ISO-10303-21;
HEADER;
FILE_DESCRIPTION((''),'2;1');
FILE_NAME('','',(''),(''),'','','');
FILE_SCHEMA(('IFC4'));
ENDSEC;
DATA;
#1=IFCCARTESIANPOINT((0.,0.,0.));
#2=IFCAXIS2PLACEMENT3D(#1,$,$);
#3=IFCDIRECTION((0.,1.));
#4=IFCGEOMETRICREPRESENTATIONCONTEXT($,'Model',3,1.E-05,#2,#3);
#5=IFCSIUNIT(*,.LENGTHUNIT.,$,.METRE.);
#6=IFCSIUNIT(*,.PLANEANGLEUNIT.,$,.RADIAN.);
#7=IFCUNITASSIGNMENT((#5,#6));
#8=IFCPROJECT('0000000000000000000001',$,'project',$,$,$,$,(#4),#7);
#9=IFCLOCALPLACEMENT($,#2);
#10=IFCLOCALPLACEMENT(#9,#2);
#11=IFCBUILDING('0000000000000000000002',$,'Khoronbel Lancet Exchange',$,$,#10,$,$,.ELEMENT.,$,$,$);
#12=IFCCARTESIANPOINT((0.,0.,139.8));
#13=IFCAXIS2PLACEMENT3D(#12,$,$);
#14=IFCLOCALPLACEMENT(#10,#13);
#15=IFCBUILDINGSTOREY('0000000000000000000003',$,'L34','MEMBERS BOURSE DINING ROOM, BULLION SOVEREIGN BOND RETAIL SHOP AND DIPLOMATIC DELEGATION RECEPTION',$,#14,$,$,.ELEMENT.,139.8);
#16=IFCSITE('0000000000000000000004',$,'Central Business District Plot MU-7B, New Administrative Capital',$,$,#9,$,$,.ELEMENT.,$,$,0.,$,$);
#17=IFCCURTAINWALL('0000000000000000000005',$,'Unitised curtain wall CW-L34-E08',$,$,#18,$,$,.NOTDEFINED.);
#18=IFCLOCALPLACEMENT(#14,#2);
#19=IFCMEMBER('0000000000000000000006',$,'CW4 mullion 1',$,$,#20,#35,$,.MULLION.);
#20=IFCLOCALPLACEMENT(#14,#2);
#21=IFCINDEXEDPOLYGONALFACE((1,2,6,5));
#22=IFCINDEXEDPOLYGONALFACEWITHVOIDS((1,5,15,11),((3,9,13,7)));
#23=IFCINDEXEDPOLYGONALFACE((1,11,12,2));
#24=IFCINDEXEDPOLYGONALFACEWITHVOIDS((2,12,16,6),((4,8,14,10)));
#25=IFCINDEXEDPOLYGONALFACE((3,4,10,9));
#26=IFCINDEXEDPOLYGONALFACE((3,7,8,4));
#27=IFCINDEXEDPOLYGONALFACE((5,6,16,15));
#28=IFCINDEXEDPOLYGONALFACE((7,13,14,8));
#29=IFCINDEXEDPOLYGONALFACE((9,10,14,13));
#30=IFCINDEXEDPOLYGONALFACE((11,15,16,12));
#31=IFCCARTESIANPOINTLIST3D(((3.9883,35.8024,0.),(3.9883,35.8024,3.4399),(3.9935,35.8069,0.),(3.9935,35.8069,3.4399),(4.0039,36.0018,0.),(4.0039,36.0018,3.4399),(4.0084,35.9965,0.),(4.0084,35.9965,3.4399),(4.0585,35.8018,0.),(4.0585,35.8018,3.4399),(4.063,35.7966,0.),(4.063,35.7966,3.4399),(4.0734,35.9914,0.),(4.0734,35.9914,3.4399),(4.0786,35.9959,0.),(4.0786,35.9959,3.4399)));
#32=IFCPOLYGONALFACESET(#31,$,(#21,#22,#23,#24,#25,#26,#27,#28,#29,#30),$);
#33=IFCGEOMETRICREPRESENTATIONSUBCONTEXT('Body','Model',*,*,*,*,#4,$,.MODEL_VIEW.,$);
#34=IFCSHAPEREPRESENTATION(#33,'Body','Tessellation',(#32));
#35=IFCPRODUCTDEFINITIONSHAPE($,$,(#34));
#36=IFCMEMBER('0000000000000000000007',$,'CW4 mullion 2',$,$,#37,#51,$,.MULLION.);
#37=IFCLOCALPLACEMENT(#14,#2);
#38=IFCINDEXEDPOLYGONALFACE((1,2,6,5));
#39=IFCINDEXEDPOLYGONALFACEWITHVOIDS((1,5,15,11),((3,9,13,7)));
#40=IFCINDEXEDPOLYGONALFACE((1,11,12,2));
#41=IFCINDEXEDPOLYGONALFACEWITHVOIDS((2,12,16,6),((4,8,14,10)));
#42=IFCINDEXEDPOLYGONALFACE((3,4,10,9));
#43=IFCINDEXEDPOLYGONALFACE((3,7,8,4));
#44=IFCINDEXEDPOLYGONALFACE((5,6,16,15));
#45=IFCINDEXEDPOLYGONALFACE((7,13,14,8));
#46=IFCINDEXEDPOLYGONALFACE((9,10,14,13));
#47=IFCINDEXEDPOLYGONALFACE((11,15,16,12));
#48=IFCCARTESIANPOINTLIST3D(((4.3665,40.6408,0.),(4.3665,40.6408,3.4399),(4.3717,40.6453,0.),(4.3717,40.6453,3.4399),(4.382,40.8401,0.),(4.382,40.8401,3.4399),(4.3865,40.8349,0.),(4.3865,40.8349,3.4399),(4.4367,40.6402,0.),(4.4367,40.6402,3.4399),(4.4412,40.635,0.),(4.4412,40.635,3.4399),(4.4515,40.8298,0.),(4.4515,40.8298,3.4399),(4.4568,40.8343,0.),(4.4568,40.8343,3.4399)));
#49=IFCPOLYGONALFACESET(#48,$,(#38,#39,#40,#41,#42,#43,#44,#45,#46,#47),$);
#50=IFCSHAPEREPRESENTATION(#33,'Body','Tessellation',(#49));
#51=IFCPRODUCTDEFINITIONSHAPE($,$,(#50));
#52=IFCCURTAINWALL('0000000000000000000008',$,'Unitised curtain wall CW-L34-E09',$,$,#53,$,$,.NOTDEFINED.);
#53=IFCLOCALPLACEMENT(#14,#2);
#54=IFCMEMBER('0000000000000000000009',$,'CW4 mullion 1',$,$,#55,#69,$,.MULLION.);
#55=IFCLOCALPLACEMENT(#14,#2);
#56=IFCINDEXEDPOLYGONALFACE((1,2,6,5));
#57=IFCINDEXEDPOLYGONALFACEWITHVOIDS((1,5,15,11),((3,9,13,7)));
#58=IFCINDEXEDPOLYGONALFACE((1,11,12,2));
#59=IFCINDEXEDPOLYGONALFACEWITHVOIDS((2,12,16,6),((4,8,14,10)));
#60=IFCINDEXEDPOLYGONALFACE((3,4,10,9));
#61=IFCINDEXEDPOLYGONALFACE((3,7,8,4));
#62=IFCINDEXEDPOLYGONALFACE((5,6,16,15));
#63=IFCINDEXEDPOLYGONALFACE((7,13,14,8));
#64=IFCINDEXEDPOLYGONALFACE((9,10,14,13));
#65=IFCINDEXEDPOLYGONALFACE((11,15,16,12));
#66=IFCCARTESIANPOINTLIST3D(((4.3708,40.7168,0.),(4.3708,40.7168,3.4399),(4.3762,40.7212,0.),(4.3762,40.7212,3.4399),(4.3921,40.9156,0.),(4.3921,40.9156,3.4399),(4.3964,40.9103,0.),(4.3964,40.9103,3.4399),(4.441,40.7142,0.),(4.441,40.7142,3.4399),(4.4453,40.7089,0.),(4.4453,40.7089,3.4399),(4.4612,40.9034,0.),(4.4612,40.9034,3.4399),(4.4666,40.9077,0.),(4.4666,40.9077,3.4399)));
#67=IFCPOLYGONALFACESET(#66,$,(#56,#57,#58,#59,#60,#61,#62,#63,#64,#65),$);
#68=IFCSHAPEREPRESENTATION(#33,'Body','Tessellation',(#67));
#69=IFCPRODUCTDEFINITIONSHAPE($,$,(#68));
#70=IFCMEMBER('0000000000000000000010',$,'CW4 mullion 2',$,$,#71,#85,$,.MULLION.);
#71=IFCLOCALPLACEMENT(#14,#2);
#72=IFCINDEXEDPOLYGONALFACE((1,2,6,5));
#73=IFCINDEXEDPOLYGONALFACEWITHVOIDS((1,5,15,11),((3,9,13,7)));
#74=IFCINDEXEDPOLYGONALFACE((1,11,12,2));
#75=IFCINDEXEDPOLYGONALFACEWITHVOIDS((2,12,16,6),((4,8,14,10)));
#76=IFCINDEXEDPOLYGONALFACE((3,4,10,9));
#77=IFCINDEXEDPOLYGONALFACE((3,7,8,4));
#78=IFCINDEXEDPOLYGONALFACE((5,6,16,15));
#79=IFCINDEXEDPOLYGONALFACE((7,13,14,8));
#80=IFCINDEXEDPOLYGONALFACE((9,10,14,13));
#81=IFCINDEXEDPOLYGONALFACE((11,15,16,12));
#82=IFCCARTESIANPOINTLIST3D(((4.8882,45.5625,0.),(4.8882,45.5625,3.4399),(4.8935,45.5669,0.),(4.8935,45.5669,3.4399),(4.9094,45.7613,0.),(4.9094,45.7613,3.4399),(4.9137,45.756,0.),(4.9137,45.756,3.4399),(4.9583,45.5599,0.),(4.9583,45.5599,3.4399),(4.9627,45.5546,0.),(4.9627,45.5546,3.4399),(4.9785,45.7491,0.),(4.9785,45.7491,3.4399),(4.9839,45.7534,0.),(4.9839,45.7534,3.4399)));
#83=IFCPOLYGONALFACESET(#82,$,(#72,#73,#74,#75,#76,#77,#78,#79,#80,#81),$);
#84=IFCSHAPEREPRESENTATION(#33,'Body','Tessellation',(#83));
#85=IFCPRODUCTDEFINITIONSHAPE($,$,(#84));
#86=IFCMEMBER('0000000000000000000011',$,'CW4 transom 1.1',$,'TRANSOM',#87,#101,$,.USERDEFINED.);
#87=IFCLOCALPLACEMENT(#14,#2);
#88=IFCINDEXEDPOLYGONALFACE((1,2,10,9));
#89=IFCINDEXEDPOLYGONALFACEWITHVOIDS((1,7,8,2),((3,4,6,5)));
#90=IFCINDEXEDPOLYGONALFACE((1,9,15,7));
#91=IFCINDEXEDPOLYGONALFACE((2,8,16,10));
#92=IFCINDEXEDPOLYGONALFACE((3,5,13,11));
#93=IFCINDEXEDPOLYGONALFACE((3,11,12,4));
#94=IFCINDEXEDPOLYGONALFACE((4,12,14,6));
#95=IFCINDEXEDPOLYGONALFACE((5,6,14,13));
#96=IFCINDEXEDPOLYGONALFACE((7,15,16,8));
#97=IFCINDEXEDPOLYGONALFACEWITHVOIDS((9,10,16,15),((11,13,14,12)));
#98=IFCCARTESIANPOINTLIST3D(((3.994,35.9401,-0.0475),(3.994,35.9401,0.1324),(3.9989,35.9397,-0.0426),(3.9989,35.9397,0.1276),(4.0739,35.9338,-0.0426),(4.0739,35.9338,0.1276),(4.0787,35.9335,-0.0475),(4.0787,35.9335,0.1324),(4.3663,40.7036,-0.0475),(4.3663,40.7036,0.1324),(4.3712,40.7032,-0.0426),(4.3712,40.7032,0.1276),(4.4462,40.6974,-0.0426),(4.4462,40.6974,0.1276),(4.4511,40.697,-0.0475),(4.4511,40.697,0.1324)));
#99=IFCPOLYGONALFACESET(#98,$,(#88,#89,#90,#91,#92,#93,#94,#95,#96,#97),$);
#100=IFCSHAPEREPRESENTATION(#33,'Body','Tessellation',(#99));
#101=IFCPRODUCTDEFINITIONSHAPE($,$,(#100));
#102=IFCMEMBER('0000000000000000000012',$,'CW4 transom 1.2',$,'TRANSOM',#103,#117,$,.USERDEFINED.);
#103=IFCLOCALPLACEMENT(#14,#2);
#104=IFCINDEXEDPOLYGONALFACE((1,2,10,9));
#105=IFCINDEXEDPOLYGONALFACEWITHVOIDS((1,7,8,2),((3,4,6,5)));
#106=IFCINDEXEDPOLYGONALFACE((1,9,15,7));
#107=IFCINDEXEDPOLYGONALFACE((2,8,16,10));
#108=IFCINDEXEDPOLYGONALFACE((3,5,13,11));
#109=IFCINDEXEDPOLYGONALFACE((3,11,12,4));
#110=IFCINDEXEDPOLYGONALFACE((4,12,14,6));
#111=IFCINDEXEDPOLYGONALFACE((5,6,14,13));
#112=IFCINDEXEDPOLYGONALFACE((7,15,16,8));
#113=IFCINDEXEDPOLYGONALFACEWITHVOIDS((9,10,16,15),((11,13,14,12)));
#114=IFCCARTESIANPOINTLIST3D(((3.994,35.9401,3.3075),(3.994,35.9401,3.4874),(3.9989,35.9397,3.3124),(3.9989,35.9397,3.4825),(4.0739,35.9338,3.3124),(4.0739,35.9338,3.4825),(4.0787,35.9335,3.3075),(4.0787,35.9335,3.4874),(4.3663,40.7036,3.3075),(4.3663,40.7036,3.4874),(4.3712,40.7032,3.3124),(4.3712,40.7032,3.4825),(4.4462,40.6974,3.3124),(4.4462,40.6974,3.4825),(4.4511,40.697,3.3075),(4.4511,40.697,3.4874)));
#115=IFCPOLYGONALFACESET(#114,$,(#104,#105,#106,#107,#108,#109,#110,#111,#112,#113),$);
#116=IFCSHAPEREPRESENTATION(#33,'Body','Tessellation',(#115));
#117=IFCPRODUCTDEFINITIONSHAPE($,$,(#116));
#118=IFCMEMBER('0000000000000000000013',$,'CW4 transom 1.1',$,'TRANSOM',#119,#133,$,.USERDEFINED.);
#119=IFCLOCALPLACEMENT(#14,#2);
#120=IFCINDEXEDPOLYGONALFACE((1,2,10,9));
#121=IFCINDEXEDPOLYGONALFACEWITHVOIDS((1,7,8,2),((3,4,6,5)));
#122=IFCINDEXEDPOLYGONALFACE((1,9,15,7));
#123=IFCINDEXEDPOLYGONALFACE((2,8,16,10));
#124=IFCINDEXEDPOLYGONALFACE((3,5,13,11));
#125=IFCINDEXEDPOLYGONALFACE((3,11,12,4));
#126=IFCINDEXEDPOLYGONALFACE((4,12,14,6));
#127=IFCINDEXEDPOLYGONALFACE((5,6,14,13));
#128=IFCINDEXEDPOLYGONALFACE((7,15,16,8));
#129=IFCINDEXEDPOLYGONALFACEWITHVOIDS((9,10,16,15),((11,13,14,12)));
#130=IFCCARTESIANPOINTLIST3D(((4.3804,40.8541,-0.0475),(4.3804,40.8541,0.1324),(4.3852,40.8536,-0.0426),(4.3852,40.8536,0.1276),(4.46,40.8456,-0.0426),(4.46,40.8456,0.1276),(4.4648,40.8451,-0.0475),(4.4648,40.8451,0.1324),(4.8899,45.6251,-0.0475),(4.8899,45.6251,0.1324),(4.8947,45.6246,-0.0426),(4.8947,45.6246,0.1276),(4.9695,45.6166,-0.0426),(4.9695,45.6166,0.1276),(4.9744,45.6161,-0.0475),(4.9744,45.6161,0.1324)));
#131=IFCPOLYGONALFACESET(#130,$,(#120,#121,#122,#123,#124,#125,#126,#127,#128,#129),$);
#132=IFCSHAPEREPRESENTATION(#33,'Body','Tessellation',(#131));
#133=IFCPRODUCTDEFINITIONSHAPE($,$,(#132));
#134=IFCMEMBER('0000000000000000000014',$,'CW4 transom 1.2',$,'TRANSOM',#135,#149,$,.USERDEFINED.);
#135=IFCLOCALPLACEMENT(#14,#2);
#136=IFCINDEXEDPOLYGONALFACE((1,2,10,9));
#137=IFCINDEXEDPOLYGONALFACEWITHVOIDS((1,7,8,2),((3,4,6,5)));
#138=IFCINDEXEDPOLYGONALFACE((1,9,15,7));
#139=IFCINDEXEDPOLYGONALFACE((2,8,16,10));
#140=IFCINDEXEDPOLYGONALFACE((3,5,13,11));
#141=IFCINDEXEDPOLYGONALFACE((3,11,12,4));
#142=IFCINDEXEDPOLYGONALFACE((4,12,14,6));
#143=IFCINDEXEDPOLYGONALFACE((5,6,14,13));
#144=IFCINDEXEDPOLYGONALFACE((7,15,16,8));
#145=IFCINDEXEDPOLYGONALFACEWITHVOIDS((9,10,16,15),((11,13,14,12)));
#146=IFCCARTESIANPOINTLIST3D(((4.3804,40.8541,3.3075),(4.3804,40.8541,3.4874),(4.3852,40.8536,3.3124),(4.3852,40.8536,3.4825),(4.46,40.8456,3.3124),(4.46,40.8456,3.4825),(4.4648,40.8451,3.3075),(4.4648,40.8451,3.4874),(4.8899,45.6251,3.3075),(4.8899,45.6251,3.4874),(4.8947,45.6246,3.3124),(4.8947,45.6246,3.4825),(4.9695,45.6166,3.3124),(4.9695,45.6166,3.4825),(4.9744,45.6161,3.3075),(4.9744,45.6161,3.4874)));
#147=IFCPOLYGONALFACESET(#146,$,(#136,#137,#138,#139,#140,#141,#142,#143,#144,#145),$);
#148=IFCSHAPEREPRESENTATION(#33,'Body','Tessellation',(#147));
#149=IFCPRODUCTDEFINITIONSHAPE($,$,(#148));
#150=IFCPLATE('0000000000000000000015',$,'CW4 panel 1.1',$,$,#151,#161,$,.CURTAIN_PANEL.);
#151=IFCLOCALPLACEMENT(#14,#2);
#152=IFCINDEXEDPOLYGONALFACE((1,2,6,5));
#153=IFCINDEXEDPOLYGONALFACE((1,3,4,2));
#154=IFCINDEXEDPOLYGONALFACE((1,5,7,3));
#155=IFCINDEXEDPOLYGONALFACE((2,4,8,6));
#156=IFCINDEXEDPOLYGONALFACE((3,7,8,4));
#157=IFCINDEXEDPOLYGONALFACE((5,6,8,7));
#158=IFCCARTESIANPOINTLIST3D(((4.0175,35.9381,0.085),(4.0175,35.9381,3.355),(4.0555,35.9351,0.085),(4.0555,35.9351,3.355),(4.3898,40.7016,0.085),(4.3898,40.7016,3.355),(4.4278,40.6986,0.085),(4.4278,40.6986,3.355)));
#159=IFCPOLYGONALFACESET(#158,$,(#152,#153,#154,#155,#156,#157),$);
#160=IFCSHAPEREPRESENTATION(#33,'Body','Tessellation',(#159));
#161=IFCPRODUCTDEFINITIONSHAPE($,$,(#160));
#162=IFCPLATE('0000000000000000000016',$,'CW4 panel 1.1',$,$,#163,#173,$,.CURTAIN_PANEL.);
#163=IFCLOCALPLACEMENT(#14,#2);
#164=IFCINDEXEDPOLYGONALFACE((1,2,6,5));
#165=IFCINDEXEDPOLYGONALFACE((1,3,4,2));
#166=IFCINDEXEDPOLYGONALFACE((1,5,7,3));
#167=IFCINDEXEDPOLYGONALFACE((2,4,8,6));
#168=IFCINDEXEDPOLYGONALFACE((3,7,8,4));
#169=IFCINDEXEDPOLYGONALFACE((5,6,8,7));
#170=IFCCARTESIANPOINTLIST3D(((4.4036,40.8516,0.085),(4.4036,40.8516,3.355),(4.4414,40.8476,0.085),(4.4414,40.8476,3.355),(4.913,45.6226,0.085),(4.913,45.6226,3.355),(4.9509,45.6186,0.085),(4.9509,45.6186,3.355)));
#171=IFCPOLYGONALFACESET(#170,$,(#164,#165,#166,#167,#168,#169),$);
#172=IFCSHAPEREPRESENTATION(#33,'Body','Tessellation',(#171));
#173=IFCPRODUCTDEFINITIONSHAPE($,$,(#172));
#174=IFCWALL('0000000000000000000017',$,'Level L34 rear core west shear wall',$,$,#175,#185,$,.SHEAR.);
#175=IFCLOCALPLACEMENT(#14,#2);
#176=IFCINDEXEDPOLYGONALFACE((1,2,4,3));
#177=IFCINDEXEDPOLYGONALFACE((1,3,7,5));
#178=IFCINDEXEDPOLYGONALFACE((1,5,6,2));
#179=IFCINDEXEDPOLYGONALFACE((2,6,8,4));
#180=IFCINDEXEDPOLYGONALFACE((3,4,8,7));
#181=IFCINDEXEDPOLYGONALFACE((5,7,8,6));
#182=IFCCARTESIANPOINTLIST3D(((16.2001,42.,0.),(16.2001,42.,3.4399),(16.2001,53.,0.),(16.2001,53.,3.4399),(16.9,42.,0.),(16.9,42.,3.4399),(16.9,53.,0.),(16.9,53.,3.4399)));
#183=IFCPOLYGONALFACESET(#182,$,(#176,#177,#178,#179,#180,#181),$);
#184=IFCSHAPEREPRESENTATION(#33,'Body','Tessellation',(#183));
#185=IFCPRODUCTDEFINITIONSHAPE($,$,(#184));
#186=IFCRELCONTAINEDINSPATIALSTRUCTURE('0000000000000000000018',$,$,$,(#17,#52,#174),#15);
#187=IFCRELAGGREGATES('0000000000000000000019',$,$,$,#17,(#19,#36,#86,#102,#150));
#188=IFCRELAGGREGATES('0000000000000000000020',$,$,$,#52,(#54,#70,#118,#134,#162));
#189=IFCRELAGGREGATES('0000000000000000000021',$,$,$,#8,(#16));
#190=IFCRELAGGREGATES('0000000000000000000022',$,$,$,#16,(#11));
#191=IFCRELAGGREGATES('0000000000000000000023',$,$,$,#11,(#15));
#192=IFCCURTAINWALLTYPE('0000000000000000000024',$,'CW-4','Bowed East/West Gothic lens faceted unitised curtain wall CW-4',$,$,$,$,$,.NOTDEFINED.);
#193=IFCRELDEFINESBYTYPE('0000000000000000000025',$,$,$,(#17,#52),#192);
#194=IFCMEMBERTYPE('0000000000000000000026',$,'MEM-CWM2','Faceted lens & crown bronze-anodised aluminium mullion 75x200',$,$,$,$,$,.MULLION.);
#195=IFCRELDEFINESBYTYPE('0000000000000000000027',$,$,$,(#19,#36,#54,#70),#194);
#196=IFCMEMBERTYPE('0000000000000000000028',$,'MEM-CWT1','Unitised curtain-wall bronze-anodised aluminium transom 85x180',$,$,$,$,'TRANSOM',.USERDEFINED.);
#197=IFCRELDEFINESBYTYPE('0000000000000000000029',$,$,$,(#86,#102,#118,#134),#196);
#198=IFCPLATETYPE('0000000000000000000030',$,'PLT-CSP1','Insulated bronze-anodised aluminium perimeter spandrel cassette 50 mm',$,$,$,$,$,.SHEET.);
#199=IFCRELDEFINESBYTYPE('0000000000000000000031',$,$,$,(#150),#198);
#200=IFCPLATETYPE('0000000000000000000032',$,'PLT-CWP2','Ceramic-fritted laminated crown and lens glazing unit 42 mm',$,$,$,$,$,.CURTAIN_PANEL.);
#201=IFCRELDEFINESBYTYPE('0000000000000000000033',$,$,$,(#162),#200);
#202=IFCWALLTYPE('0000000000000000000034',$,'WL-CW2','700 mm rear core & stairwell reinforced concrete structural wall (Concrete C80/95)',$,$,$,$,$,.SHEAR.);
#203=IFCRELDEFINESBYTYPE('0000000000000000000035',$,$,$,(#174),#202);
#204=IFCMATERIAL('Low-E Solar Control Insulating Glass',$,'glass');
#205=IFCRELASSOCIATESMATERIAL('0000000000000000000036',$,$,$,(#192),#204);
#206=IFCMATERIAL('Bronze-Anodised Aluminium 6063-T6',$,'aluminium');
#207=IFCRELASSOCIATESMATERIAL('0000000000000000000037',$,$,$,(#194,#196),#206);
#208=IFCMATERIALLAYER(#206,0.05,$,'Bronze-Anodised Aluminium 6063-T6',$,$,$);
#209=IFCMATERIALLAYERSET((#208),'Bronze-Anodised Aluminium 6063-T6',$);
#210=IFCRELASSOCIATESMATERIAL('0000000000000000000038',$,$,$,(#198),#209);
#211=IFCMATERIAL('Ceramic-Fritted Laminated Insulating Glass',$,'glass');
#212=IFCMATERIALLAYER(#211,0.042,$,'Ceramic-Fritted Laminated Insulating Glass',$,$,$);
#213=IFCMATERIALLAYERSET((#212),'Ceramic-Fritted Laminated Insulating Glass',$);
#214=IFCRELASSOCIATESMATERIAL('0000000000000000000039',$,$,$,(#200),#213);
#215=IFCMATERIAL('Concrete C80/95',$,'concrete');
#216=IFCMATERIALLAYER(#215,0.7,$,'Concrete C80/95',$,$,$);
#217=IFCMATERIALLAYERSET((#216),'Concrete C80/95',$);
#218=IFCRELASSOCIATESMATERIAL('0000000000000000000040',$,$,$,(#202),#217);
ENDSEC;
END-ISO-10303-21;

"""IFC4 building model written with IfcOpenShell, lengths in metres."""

from ifc_helpers import new_model, si_unit, direction, frame, frame_2d, origin, origin_2d, place, context, subcontext, project, spatial, rectangle, hollow_rectangle, extrude, material, layer, layer_set, material_profile, profile_set, type_object, element, aggregate, save


model = new_model("IFC4")

# Units and contexts
model_context = context("Model", 3, precision=1e-05, world=origin(), true_north=direction((0.0, 1.0)))
body_context = subcontext(model_context, "Body", "Model", "MODEL_VIEW")
ifc_project = project(units=[si_unit("LENGTHUNIT", "METRE"), si_unit("PLANEANGLEUNIT", "RADIAN")], contexts=[model_context])

# Site, building, storey
site_placement = place(None, origin())
site = spatial("IfcSite", under=ifc_project, at=site_placement, Name="Central Business District Plot MU-7B, New Administrative Capital", CompositionType="ELEMENT", RefElevation=0.0)
building_placement = place(site_placement, origin())
building = spatial("IfcBuilding", under=site, at=building_placement, Name="Khoronbel Lancet Exchange", CompositionType="ELEMENT")
storey_placement = place(building_placement, frame((0.0, 0.0, 139.8)))
storey = spatial("IfcBuildingStorey", under=building, at=storey_placement, Name="L34", Description="MEMBERS BOURSE DINING ROOM, BULLION SOVEREIGN BOND RETAIL SHOP AND DIPLOMATIC DELEGATION RECEPTION", CompositionType="ELEMENT", Elevation=139.8)

# Shared definitions
ifc_material_1 = material(Name="Low-E Solar Control Insulating Glass", Category="glass")
curtain_wall_type = type_object("IfcCurtainWallType", Name="CW-4", Description="Bowed East/West Gothic lens faceted unitised curtain wall CW-4", PredefinedType="NOTDEFINED", material=ifc_material_1)
ifc_material_2 = material(Name="Bronze-Anodised Aluminium 6063-T6", Category="aluminium")
ifc_material_profile_1 = material_profile(ifc_material_2, hollow_rectangle(XDim=0.075, YDim=0.2, WallThickness=0.0049, at=origin_2d()), Name="ALU MULLION 75x200")
ifc_profile_set_1 = profile_set([ifc_material_profile_1], Name="Bronze-Anodised Aluminium 6063-T6")
member_type_1 = type_object("IfcMemberType", Name="MEM-CWM2", Description="Faceted lens & crown bronze-anodised aluminium mullion 75x200", PredefinedType="MULLION", material=ifc_profile_set_1)

# Curtain walls, members
curtain_wall_1_placement = place(storey_placement, origin())
curtain_wall_1 = element("IfcCurtainWall", 1, at=curtain_wall_1_placement, inside=storey, type_object=curtain_wall_type, Name="Unitised curtain wall CW-L34-E08", PredefinedType="NOTDEFINED")
member_1_placement = place(storey_placement, frame((4.0334, 35.8992, 0.0), z_axis=(0.0, 0.0, 1.0), x_axis=(-0.99696, 0.077921, 0.0)))
member_1 = element("IfcMember", 2, at=member_1_placement, type_object=member_type_1, Name="CW4 mullion 1", PredefinedType="MULLION", context=body_context, shape_type="SweptSolid", body=[
    extrude(hollow_rectangle(XDim=0.075, YDim=0.2, WallThickness=0.0049, at=origin_2d()), origin(), (0.0, 0.0, 1.0), 3.4399),
])
member_2_placement = place(storey_placement, frame((4.4116, 40.7375, 0.0), z_axis=(0.0, 0.0, 1.0), x_axis=(-0.99696, 0.077921, 0.0)))
member_2 = element("IfcMember", 3, at=member_2_placement, type_object=member_type_1, Name="CW4 mullion 2", PredefinedType="MULLION", context=body_context, shape_type="SweptSolid", body=[
    extrude(hollow_rectangle(XDim=0.075, YDim=0.2, WallThickness=0.0049, at=origin_2d()), origin(), (0.0, 0.0, 1.0), 3.4399),
])
curtain_wall_2_placement = place(storey_placement, origin())
curtain_wall_2 = element("IfcCurtainWall", 4, at=curtain_wall_2_placement, inside=storey, type_object=curtain_wall_type, Name="Unitised curtain wall CW-L34-E09", PredefinedType="NOTDEFINED")
member_3_placement = place(storey_placement, frame((4.4187, 40.8123, 0.0), z_axis=(0.0, 0.0, 1.0), x_axis=(-0.994347, 0.106181, 0.0)))
member_3 = element("IfcMember", 5, at=member_3_placement, type_object=member_type_1, Name="CW4 mullion 1", PredefinedType="MULLION", context=body_context, shape_type="SweptSolid", body=[
    extrude(hollow_rectangle(XDim=0.075, YDim=0.2, WallThickness=0.0049, at=origin_2d()), origin(), (0.0, 0.0, 1.0), 3.4399),
])
member_4_placement = place(storey_placement, frame((4.936, 45.658, 0.0), z_axis=(0.0, 0.0, 1.0), x_axis=(-0.994347, 0.106181, 0.0)))
member_4 = element("IfcMember", 6, at=member_4_placement, type_object=member_type_1, Name="CW4 mullion 2", PredefinedType="MULLION", context=body_context, shape_type="SweptSolid", body=[
    extrude(hollow_rectangle(XDim=0.075, YDim=0.2, WallThickness=0.0049, at=origin_2d()), origin(), (0.0, 0.0, 1.0), 3.4399),
])

# Members
ifc_material_profile_2 = material_profile(ifc_material_2, hollow_rectangle(XDim=0.085, YDim=0.1799, WallThickness=0.0049, at=origin_2d()), Name="ALU TRANSOM 85x180")
ifc_profile_set_2 = profile_set([ifc_material_profile_2], Name="Bronze-Anodised Aluminium 6063-T6")
member_type_2 = type_object("IfcMemberType", Name="MEM-CWT1", Description="Unitised curtain-wall bronze-anodised aluminium transom 85x180", ElementType="TRANSOM", PredefinedType="USERDEFINED", material=ifc_profile_set_2)
member_5_placement = place(storey_placement, frame((4.0364, 35.9368, 0.0425), z_axis=(0.077923, 0.996959, 0.0), x_axis=(-0.996959, 0.077923, 0.0)))
member_5 = element("IfcMember", 7, at=member_5_placement, type_object=member_type_2, Name="CW4 transom 1.1", ObjectType="TRANSOM", PredefinedType="USERDEFINED", context=body_context, shape_type="SweptSolid", body=[
    extrude(hollow_rectangle(XDim=0.085, YDim=0.1799, WallThickness=0.0049, at=origin_2d()), origin(), (0.0, 0.0, 1.0), 4.7781),
])
member_6_placement = place(storey_placement, frame((4.0364, 35.9368, 3.3975), z_axis=(0.077923, 0.996959, 0.0), x_axis=(-0.996959, 0.077923, 0.0)))
member_6 = element("IfcMember", 8, at=member_6_placement, type_object=member_type_2, Name="CW4 transom 1.2", ObjectType="TRANSOM", PredefinedType="USERDEFINED", context=body_context, shape_type="SweptSolid", body=[
    extrude(hollow_rectangle(XDim=0.085, YDim=0.1799, WallThickness=0.0049, at=origin_2d()), origin(), (0.0, 0.0, 1.0), 4.7781),
])
member_7_placement = place(storey_placement, frame((4.4226, 40.8496, 0.0425), z_axis=(0.106192, 0.994346, 0.0), x_axis=(-0.994346, 0.106192, 0.0)))
member_7 = element("IfcMember", 9, at=member_7_placement, type_object=member_type_2, Name="CW4 transom 1.1", ObjectType="TRANSOM", PredefinedType="USERDEFINED", context=body_context, shape_type="SweptSolid", body=[
    extrude(hollow_rectangle(XDim=0.085, YDim=0.1799, WallThickness=0.0049, at=origin_2d()), origin(), (0.0, 0.0, 1.0), 4.7981),
])
member_8_placement = place(storey_placement, frame((4.4226, 40.8496, 3.3975), z_axis=(0.106192, 0.994346, 0.0), x_axis=(-0.994346, 0.106192, 0.0)))
member_8 = element("IfcMember", 10, at=member_8_placement, type_object=member_type_2, Name="CW4 transom 1.2", ObjectType="TRANSOM", PredefinedType="USERDEFINED", context=body_context, shape_type="SweptSolid", body=[
    extrude(hollow_rectangle(XDim=0.085, YDim=0.1799, WallThickness=0.0049, at=origin_2d()), origin(), (0.0, 0.0, 1.0), 4.7981),
])

# Plates
ifc_layer_1 = layer(ifc_material_2, 0.05, Name="Bronze-Anodised Aluminium 6063-T6")
ifc_layer_set_1 = layer_set([ifc_layer_1], Name="Bronze-Anodised Aluminium 6063-T6")
plate_type_1 = type_object("IfcPlateType", Name="PLT-CSP1", Description="Insulated bronze-anodised aluminium perimeter spandrel cassette 50 mm", PredefinedType="SHEET", material=ifc_layer_set_1)
plate_1_placement = place(storey_placement, frame((4.2227, 38.3184, 0.085), z_axis=(0.0, 0.0, 1.0), x_axis=(0.077921, 0.99696, 0.0)))
plate_1 = element("IfcPlate", 11, at=plate_1_placement, type_object=plate_type_1, Name="CW4 panel 1.1", PredefinedType="CURTAIN_PANEL", context=body_context, shape_type="SweptSolid", body=[
    extrude(rectangle(XDim=4.7781, YDim=0.0381, at=origin_2d()), origin(), (0.0, 0.0, 1.0), 3.27),
])
aggregate(curtain_wall_1, [member_1, member_2, member_5, member_6, plate_1])
ifc_material_3 = material(Name="Ceramic-Fritted Laminated Insulating Glass", Category="glass")
ifc_layer_2 = layer(ifc_material_3, 0.042, Name="Ceramic-Fritted Laminated Insulating Glass")
ifc_layer_set_2 = layer_set([ifc_layer_2], Name="Ceramic-Fritted Laminated Insulating Glass")
plate_type_2 = type_object("IfcPlateType", Name="PLT-CWP2", Description="Ceramic-fritted laminated crown and lens glazing unit 42 mm", PredefinedType="CURTAIN_PANEL", material=ifc_layer_set_2)
plate_2_placement = place(storey_placement, frame((4.6772, 43.2351, 0.085), z_axis=(0.0, 0.0, 1.0), x_axis=(0.106181, 0.994347, 0.0)))
plate_2 = element("IfcPlate", 12, at=plate_2_placement, type_object=plate_type_2, Name="CW4 panel 1.1", PredefinedType="CURTAIN_PANEL", context=body_context, shape_type="SweptSolid", body=[
    extrude(rectangle(XDim=4.7981, YDim=0.0381, at=origin_2d()), origin(), (0.0, 0.0, 1.0), 3.27),
])
aggregate(curtain_wall_2, [member_3, member_4, member_7, member_8, plate_2])

# Wall
ifc_material_4 = material(Name="Concrete C80/95", Category="concrete")
ifc_layer_3 = layer(ifc_material_4, 0.7, Name="Concrete C80/95")
ifc_layer_set_3 = layer_set([ifc_layer_3], Name="Concrete C80/95")
wall_type_1 = type_object("IfcWallType", Name="WL-CW2", Description="700 mm rear core & stairwell reinforced concrete structural wall (Concrete C80/95)", PredefinedType="SHEAR", material=ifc_layer_set_3)
wall_1_placement = place(storey_placement, frame((16.55, 42.0, 0.0), z_axis=(0.0, 0.0, 1.0), x_axis=(0.0, 1.0, 0.0)))
element("IfcWall", 13, at=wall_1_placement, inside=storey, type_object=wall_type_1, Name="Level L34 rear core west shear wall", PredefinedType="SHEAR", context=body_context, shape_type="SweptSolid", body=[
    extrude(rectangle(XDim=11.0, YDim=0.7, at=frame_2d((5.5, 0.0))), origin(), (0.0, 0.0, 1.0), 3.4399),
])

save(model, "model.ifc")
